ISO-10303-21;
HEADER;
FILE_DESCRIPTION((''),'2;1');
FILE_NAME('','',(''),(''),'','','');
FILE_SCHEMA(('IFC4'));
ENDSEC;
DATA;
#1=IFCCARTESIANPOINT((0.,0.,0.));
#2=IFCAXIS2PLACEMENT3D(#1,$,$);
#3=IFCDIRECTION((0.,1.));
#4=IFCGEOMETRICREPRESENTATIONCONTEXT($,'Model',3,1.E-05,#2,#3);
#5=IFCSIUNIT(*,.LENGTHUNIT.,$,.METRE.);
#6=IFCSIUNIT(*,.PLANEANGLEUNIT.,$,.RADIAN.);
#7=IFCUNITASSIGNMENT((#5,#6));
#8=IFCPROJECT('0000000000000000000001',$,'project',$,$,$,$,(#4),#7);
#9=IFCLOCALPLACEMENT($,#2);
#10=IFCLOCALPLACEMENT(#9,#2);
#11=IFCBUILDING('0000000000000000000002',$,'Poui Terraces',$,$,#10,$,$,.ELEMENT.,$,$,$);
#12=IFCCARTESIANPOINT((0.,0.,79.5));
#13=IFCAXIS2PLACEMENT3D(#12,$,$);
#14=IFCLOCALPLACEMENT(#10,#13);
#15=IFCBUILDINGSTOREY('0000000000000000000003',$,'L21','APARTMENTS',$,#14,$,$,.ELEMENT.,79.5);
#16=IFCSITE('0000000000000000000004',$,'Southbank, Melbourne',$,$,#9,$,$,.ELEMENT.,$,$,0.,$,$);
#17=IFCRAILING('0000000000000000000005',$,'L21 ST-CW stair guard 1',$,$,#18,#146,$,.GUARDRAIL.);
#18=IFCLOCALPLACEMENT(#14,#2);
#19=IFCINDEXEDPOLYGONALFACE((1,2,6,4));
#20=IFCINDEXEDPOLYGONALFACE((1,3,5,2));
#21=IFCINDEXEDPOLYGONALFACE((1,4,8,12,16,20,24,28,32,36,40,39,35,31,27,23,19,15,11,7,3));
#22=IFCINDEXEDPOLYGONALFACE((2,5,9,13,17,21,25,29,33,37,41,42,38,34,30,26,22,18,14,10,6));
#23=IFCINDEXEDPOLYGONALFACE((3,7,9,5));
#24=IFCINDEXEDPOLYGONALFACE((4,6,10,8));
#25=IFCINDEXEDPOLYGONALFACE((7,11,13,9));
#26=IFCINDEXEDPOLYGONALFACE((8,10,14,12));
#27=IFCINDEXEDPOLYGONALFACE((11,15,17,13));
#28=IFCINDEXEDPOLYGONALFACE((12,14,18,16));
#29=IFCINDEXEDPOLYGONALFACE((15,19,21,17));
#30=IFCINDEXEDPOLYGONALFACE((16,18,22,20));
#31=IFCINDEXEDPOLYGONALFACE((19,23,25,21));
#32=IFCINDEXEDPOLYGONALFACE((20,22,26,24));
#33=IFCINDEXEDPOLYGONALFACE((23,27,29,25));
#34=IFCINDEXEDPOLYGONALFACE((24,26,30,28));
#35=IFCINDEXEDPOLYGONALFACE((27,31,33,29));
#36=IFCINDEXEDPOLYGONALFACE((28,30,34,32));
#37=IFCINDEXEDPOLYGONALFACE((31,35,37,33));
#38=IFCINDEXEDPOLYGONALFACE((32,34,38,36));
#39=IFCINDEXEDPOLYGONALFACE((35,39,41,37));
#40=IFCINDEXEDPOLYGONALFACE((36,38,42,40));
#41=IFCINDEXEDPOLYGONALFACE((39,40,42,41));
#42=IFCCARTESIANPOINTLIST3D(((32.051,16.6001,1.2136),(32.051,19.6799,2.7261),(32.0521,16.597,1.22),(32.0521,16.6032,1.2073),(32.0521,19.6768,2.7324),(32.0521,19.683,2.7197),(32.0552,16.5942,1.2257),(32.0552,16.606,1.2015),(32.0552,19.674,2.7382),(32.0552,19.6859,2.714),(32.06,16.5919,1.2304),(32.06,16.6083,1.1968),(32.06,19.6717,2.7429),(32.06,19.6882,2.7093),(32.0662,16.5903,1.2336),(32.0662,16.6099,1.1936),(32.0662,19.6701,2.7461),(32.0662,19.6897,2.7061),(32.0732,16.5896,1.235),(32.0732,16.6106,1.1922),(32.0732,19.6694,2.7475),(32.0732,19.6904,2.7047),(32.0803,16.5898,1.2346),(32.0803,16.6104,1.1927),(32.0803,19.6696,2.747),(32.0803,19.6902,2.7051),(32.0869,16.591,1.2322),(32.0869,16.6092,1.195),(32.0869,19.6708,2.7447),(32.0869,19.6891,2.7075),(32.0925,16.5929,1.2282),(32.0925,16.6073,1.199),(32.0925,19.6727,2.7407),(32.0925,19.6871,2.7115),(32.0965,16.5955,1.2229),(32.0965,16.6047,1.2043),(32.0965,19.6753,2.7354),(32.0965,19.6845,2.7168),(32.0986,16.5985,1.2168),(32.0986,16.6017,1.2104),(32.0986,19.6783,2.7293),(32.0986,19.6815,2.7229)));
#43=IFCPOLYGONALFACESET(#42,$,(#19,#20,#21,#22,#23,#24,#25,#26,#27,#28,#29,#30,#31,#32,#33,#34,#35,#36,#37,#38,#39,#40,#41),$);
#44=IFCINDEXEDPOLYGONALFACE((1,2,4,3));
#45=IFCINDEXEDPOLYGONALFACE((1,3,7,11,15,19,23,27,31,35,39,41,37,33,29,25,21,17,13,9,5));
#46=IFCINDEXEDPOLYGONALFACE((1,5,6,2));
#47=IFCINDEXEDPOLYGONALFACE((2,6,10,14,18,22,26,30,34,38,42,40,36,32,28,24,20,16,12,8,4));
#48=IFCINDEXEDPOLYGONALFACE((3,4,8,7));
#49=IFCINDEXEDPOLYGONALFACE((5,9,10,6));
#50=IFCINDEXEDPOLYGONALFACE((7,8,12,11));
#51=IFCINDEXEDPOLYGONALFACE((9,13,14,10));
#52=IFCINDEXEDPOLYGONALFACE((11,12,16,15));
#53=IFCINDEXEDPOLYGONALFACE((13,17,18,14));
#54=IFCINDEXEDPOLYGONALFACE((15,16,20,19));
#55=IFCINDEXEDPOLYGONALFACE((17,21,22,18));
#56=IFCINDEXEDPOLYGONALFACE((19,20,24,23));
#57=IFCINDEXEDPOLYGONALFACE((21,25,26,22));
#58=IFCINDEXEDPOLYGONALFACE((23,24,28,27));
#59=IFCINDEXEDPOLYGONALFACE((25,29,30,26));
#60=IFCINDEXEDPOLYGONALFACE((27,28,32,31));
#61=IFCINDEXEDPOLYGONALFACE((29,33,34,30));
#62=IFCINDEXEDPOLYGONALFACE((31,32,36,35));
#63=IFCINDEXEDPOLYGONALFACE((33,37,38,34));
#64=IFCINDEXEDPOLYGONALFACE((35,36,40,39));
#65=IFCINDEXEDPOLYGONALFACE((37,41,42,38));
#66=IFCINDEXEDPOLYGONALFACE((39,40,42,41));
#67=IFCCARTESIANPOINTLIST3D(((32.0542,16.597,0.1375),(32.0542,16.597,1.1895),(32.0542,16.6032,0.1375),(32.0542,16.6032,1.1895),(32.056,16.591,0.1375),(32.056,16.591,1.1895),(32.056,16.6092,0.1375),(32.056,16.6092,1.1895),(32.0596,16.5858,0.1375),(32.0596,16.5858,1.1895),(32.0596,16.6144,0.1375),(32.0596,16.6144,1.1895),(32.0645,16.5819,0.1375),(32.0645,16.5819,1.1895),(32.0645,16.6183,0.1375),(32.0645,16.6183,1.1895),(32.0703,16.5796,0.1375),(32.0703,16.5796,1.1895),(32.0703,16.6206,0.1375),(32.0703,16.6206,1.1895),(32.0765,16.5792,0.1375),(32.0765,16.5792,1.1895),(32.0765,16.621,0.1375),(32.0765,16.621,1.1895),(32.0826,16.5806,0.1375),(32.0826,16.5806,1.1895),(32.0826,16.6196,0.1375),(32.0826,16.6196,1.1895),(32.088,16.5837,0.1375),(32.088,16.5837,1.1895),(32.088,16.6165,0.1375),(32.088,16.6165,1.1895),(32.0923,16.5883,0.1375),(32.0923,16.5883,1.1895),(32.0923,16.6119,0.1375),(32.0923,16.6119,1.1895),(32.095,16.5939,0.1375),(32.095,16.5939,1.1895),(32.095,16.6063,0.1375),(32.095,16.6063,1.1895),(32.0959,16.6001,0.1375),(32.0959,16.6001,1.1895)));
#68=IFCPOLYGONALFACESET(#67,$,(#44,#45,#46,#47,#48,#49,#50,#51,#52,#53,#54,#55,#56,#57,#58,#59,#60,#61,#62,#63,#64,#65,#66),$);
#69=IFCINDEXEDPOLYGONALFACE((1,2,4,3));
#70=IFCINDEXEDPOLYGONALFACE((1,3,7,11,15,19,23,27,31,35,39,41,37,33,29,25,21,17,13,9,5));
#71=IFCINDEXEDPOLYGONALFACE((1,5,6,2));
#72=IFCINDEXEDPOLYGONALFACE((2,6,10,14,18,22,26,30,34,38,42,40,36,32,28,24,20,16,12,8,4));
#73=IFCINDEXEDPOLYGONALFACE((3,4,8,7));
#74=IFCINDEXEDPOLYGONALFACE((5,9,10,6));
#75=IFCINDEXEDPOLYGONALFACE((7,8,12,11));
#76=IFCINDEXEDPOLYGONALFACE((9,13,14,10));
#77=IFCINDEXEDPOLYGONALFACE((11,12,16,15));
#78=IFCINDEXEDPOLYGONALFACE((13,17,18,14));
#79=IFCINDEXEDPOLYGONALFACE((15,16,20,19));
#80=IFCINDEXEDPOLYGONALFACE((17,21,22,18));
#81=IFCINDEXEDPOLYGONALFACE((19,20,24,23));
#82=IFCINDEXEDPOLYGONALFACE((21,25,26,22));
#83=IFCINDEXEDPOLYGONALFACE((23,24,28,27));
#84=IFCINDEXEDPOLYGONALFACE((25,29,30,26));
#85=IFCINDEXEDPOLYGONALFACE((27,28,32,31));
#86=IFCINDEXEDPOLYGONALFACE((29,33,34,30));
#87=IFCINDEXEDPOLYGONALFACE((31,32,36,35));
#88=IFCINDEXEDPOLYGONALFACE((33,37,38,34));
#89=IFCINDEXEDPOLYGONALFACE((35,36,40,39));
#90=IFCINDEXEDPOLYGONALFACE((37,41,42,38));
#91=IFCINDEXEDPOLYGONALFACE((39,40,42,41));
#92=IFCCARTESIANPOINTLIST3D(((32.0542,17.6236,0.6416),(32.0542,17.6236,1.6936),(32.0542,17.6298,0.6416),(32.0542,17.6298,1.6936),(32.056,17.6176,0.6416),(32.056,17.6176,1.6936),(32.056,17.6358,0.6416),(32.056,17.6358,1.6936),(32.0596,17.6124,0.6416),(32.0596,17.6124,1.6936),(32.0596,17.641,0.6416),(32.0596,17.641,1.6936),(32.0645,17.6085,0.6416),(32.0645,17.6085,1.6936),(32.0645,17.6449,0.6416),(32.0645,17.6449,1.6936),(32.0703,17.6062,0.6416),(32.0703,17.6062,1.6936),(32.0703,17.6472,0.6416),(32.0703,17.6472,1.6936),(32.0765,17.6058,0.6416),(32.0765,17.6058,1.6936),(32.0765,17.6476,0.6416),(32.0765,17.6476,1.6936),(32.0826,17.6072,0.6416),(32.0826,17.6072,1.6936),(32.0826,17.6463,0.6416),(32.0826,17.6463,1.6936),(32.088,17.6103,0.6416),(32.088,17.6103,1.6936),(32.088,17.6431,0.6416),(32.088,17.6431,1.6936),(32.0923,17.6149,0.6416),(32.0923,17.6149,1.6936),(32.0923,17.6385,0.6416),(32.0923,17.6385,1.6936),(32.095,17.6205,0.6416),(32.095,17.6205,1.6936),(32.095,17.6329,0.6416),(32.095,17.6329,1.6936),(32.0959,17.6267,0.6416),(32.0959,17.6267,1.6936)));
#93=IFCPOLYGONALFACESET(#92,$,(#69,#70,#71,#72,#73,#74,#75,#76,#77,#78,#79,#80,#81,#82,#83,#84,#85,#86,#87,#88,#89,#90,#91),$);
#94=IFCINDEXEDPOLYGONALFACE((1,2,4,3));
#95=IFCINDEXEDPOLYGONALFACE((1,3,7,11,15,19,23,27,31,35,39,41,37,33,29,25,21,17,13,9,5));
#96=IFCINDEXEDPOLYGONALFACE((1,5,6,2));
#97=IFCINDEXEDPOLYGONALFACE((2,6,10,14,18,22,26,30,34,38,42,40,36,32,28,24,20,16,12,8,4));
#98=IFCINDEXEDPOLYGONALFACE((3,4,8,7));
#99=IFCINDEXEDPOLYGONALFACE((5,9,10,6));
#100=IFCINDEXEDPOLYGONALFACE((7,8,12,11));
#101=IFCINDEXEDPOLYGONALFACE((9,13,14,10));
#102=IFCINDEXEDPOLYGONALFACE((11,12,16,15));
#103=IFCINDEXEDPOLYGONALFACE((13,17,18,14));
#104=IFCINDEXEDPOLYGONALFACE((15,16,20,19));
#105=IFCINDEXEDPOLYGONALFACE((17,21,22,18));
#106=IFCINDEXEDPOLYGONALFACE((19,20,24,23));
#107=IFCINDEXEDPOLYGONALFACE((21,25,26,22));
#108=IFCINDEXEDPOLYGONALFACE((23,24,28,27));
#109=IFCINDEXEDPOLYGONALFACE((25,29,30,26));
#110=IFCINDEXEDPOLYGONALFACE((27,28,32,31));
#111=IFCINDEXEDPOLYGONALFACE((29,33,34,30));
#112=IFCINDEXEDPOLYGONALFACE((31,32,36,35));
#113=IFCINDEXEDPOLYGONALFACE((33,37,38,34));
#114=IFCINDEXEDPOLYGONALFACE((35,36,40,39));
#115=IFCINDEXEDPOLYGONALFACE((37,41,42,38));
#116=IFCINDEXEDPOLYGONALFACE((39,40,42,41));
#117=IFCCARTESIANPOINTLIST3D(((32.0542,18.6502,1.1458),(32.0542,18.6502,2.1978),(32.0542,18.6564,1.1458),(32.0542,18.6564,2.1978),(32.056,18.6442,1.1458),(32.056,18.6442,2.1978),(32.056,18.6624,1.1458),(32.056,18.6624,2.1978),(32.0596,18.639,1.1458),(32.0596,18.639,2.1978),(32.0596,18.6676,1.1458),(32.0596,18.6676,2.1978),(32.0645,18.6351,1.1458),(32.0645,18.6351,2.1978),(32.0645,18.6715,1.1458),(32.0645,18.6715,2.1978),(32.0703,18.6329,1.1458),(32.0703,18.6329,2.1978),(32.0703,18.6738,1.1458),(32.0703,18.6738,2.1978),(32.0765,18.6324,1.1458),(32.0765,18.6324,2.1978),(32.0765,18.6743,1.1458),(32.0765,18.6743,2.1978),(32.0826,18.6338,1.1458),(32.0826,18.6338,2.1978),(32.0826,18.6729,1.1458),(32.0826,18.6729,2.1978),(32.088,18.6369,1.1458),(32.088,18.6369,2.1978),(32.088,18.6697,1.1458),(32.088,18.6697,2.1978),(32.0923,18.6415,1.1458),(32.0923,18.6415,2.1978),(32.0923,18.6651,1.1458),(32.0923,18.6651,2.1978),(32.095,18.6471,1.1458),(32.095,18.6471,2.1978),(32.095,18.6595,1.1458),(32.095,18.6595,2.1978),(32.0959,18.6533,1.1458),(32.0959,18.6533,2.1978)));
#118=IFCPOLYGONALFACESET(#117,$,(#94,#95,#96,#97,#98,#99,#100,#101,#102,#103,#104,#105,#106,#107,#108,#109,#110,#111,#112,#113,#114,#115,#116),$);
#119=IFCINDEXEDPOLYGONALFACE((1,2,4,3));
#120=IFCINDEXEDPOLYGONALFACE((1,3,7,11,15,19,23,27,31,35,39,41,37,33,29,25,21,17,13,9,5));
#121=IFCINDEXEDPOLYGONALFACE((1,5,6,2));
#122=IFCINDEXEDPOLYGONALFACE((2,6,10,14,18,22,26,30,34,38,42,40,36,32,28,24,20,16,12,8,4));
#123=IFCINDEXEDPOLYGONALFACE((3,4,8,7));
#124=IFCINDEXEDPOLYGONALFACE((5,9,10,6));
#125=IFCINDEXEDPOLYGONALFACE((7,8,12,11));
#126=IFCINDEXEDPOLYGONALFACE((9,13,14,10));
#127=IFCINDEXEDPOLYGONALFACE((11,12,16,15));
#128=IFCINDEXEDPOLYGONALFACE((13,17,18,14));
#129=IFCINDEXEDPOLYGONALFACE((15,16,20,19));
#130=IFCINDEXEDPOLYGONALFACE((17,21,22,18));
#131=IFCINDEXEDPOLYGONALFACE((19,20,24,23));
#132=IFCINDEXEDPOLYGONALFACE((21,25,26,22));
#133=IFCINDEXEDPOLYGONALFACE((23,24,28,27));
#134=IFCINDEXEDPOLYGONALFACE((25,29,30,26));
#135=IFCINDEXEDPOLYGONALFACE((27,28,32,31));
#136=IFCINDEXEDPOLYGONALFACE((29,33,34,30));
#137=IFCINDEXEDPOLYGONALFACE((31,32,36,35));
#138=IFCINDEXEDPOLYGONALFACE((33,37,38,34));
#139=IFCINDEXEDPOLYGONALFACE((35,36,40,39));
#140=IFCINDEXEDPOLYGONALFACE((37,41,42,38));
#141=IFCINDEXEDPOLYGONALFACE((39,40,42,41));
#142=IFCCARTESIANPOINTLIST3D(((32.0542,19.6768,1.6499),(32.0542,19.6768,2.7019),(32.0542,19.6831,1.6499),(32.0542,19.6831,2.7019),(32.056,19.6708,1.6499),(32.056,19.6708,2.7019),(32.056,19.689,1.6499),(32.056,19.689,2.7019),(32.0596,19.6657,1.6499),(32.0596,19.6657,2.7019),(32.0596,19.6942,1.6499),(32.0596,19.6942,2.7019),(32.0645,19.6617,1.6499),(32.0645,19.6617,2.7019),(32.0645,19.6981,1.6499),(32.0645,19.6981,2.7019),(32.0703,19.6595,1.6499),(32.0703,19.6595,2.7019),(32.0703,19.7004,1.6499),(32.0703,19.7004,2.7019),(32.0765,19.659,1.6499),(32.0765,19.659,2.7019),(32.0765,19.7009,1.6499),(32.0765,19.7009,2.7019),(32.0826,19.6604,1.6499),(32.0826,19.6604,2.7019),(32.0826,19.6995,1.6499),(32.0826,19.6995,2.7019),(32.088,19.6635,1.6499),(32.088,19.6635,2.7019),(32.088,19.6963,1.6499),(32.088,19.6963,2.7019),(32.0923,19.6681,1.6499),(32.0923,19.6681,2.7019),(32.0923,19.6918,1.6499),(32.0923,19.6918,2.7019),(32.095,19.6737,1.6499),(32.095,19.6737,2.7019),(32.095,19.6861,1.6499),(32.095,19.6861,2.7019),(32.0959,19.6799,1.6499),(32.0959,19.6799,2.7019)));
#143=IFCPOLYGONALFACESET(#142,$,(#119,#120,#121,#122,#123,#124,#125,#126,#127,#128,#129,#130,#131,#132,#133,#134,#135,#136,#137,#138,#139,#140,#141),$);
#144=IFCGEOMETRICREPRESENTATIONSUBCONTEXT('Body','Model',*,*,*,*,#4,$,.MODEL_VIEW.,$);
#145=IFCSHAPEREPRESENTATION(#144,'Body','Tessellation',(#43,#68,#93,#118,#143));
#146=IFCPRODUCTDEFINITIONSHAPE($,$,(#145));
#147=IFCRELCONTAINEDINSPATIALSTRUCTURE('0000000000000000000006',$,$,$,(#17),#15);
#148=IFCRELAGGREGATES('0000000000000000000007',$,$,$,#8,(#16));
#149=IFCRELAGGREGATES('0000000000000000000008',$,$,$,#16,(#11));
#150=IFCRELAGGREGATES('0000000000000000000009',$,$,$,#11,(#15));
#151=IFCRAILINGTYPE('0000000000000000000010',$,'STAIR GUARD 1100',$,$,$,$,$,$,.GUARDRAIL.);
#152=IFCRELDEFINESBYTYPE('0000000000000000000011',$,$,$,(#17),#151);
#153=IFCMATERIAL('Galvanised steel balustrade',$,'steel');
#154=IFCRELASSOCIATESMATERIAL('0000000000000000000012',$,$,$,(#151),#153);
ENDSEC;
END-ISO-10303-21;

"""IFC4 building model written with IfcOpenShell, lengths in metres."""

from ifc_helpers import new_model, si_unit, direction, frame, origin, origin_2d, place, context, subcontext, project, spatial, circle, extrude, material, type_object, element, save


model = new_model("IFC4")

# Units and contexts
model_context = context("Model", 3, precision=1e-05, world=origin(), true_north=direction((0.0, 1.0)))
body_context = subcontext(model_context, "Body", "Model", "MODEL_VIEW")
ifc_project = project(units=[si_unit("LENGTHUNIT", "METRE"), si_unit("PLANEANGLEUNIT", "RADIAN")], contexts=[model_context])

# Site, building, storey
site_placement = place(None, origin())
site = spatial("IfcSite", under=ifc_project, at=site_placement, Name="Southbank, Melbourne", CompositionType="ELEMENT", RefElevation=0.0)
building_placement = place(site_placement, origin())
building = spatial("IfcBuilding", under=site, at=building_placement, Name="Poui Terraces", CompositionType="ELEMENT")
storey_placement = place(building_placement, frame((0.0, 0.0, 79.5)))
storey = spatial("IfcBuildingStorey", under=building, at=storey_placement, Name="L21", Description="APARTMENTS", CompositionType="ELEMENT", Elevation=79.5)

# Railing
ifc_material_1 = material(Name="Galvanised steel balustrade", Category="steel")
railing_type_1 = type_object("IfcRailingType", Name="STAIR GUARD 1100", PredefinedType="GUARDRAIL", material=ifc_material_1)
railing_1_placement = place(storey_placement, frame((32.075, 16.6001, 0.1375)))
element("IfcRailing", 1, at=railing_1_placement, inside=storey, type_object=railing_type_1, Name="L21 ST-CW stair guard 1", PredefinedType="GUARDRAIL", context=body_context, shape_type="SweptSolid", body=[
    extrude(circle(Radius=0.0239, at=origin_2d()), frame((0.0, 0.0, 1.0762), z_axis=(0.0, 0.897606, 0.440798), x_axis=(-1.0, 0.0, 0.0)), (0.0, 0.0, 1.0), 3.4312),
    extrude(circle(Radius=0.021, at=origin_2d()), origin(), (0.0, 0.0, 1.0), 1.052),
    extrude(circle(Radius=0.021, at=origin_2d()), frame((0.0, 1.0266, 0.5042)), (0.0, 0.0, 1.0), 1.052),
    extrude(circle(Radius=0.021, at=origin_2d()), frame((0.0, 2.0532, 1.0083)), (0.0, 0.0, 1.0), 1.052),
    extrude(circle(Radius=0.021, at=origin_2d()), frame((0.0, 3.0798, 1.5125)), (0.0, 0.0, 1.0), 1.052),
])

save(model, "model.ifc")
